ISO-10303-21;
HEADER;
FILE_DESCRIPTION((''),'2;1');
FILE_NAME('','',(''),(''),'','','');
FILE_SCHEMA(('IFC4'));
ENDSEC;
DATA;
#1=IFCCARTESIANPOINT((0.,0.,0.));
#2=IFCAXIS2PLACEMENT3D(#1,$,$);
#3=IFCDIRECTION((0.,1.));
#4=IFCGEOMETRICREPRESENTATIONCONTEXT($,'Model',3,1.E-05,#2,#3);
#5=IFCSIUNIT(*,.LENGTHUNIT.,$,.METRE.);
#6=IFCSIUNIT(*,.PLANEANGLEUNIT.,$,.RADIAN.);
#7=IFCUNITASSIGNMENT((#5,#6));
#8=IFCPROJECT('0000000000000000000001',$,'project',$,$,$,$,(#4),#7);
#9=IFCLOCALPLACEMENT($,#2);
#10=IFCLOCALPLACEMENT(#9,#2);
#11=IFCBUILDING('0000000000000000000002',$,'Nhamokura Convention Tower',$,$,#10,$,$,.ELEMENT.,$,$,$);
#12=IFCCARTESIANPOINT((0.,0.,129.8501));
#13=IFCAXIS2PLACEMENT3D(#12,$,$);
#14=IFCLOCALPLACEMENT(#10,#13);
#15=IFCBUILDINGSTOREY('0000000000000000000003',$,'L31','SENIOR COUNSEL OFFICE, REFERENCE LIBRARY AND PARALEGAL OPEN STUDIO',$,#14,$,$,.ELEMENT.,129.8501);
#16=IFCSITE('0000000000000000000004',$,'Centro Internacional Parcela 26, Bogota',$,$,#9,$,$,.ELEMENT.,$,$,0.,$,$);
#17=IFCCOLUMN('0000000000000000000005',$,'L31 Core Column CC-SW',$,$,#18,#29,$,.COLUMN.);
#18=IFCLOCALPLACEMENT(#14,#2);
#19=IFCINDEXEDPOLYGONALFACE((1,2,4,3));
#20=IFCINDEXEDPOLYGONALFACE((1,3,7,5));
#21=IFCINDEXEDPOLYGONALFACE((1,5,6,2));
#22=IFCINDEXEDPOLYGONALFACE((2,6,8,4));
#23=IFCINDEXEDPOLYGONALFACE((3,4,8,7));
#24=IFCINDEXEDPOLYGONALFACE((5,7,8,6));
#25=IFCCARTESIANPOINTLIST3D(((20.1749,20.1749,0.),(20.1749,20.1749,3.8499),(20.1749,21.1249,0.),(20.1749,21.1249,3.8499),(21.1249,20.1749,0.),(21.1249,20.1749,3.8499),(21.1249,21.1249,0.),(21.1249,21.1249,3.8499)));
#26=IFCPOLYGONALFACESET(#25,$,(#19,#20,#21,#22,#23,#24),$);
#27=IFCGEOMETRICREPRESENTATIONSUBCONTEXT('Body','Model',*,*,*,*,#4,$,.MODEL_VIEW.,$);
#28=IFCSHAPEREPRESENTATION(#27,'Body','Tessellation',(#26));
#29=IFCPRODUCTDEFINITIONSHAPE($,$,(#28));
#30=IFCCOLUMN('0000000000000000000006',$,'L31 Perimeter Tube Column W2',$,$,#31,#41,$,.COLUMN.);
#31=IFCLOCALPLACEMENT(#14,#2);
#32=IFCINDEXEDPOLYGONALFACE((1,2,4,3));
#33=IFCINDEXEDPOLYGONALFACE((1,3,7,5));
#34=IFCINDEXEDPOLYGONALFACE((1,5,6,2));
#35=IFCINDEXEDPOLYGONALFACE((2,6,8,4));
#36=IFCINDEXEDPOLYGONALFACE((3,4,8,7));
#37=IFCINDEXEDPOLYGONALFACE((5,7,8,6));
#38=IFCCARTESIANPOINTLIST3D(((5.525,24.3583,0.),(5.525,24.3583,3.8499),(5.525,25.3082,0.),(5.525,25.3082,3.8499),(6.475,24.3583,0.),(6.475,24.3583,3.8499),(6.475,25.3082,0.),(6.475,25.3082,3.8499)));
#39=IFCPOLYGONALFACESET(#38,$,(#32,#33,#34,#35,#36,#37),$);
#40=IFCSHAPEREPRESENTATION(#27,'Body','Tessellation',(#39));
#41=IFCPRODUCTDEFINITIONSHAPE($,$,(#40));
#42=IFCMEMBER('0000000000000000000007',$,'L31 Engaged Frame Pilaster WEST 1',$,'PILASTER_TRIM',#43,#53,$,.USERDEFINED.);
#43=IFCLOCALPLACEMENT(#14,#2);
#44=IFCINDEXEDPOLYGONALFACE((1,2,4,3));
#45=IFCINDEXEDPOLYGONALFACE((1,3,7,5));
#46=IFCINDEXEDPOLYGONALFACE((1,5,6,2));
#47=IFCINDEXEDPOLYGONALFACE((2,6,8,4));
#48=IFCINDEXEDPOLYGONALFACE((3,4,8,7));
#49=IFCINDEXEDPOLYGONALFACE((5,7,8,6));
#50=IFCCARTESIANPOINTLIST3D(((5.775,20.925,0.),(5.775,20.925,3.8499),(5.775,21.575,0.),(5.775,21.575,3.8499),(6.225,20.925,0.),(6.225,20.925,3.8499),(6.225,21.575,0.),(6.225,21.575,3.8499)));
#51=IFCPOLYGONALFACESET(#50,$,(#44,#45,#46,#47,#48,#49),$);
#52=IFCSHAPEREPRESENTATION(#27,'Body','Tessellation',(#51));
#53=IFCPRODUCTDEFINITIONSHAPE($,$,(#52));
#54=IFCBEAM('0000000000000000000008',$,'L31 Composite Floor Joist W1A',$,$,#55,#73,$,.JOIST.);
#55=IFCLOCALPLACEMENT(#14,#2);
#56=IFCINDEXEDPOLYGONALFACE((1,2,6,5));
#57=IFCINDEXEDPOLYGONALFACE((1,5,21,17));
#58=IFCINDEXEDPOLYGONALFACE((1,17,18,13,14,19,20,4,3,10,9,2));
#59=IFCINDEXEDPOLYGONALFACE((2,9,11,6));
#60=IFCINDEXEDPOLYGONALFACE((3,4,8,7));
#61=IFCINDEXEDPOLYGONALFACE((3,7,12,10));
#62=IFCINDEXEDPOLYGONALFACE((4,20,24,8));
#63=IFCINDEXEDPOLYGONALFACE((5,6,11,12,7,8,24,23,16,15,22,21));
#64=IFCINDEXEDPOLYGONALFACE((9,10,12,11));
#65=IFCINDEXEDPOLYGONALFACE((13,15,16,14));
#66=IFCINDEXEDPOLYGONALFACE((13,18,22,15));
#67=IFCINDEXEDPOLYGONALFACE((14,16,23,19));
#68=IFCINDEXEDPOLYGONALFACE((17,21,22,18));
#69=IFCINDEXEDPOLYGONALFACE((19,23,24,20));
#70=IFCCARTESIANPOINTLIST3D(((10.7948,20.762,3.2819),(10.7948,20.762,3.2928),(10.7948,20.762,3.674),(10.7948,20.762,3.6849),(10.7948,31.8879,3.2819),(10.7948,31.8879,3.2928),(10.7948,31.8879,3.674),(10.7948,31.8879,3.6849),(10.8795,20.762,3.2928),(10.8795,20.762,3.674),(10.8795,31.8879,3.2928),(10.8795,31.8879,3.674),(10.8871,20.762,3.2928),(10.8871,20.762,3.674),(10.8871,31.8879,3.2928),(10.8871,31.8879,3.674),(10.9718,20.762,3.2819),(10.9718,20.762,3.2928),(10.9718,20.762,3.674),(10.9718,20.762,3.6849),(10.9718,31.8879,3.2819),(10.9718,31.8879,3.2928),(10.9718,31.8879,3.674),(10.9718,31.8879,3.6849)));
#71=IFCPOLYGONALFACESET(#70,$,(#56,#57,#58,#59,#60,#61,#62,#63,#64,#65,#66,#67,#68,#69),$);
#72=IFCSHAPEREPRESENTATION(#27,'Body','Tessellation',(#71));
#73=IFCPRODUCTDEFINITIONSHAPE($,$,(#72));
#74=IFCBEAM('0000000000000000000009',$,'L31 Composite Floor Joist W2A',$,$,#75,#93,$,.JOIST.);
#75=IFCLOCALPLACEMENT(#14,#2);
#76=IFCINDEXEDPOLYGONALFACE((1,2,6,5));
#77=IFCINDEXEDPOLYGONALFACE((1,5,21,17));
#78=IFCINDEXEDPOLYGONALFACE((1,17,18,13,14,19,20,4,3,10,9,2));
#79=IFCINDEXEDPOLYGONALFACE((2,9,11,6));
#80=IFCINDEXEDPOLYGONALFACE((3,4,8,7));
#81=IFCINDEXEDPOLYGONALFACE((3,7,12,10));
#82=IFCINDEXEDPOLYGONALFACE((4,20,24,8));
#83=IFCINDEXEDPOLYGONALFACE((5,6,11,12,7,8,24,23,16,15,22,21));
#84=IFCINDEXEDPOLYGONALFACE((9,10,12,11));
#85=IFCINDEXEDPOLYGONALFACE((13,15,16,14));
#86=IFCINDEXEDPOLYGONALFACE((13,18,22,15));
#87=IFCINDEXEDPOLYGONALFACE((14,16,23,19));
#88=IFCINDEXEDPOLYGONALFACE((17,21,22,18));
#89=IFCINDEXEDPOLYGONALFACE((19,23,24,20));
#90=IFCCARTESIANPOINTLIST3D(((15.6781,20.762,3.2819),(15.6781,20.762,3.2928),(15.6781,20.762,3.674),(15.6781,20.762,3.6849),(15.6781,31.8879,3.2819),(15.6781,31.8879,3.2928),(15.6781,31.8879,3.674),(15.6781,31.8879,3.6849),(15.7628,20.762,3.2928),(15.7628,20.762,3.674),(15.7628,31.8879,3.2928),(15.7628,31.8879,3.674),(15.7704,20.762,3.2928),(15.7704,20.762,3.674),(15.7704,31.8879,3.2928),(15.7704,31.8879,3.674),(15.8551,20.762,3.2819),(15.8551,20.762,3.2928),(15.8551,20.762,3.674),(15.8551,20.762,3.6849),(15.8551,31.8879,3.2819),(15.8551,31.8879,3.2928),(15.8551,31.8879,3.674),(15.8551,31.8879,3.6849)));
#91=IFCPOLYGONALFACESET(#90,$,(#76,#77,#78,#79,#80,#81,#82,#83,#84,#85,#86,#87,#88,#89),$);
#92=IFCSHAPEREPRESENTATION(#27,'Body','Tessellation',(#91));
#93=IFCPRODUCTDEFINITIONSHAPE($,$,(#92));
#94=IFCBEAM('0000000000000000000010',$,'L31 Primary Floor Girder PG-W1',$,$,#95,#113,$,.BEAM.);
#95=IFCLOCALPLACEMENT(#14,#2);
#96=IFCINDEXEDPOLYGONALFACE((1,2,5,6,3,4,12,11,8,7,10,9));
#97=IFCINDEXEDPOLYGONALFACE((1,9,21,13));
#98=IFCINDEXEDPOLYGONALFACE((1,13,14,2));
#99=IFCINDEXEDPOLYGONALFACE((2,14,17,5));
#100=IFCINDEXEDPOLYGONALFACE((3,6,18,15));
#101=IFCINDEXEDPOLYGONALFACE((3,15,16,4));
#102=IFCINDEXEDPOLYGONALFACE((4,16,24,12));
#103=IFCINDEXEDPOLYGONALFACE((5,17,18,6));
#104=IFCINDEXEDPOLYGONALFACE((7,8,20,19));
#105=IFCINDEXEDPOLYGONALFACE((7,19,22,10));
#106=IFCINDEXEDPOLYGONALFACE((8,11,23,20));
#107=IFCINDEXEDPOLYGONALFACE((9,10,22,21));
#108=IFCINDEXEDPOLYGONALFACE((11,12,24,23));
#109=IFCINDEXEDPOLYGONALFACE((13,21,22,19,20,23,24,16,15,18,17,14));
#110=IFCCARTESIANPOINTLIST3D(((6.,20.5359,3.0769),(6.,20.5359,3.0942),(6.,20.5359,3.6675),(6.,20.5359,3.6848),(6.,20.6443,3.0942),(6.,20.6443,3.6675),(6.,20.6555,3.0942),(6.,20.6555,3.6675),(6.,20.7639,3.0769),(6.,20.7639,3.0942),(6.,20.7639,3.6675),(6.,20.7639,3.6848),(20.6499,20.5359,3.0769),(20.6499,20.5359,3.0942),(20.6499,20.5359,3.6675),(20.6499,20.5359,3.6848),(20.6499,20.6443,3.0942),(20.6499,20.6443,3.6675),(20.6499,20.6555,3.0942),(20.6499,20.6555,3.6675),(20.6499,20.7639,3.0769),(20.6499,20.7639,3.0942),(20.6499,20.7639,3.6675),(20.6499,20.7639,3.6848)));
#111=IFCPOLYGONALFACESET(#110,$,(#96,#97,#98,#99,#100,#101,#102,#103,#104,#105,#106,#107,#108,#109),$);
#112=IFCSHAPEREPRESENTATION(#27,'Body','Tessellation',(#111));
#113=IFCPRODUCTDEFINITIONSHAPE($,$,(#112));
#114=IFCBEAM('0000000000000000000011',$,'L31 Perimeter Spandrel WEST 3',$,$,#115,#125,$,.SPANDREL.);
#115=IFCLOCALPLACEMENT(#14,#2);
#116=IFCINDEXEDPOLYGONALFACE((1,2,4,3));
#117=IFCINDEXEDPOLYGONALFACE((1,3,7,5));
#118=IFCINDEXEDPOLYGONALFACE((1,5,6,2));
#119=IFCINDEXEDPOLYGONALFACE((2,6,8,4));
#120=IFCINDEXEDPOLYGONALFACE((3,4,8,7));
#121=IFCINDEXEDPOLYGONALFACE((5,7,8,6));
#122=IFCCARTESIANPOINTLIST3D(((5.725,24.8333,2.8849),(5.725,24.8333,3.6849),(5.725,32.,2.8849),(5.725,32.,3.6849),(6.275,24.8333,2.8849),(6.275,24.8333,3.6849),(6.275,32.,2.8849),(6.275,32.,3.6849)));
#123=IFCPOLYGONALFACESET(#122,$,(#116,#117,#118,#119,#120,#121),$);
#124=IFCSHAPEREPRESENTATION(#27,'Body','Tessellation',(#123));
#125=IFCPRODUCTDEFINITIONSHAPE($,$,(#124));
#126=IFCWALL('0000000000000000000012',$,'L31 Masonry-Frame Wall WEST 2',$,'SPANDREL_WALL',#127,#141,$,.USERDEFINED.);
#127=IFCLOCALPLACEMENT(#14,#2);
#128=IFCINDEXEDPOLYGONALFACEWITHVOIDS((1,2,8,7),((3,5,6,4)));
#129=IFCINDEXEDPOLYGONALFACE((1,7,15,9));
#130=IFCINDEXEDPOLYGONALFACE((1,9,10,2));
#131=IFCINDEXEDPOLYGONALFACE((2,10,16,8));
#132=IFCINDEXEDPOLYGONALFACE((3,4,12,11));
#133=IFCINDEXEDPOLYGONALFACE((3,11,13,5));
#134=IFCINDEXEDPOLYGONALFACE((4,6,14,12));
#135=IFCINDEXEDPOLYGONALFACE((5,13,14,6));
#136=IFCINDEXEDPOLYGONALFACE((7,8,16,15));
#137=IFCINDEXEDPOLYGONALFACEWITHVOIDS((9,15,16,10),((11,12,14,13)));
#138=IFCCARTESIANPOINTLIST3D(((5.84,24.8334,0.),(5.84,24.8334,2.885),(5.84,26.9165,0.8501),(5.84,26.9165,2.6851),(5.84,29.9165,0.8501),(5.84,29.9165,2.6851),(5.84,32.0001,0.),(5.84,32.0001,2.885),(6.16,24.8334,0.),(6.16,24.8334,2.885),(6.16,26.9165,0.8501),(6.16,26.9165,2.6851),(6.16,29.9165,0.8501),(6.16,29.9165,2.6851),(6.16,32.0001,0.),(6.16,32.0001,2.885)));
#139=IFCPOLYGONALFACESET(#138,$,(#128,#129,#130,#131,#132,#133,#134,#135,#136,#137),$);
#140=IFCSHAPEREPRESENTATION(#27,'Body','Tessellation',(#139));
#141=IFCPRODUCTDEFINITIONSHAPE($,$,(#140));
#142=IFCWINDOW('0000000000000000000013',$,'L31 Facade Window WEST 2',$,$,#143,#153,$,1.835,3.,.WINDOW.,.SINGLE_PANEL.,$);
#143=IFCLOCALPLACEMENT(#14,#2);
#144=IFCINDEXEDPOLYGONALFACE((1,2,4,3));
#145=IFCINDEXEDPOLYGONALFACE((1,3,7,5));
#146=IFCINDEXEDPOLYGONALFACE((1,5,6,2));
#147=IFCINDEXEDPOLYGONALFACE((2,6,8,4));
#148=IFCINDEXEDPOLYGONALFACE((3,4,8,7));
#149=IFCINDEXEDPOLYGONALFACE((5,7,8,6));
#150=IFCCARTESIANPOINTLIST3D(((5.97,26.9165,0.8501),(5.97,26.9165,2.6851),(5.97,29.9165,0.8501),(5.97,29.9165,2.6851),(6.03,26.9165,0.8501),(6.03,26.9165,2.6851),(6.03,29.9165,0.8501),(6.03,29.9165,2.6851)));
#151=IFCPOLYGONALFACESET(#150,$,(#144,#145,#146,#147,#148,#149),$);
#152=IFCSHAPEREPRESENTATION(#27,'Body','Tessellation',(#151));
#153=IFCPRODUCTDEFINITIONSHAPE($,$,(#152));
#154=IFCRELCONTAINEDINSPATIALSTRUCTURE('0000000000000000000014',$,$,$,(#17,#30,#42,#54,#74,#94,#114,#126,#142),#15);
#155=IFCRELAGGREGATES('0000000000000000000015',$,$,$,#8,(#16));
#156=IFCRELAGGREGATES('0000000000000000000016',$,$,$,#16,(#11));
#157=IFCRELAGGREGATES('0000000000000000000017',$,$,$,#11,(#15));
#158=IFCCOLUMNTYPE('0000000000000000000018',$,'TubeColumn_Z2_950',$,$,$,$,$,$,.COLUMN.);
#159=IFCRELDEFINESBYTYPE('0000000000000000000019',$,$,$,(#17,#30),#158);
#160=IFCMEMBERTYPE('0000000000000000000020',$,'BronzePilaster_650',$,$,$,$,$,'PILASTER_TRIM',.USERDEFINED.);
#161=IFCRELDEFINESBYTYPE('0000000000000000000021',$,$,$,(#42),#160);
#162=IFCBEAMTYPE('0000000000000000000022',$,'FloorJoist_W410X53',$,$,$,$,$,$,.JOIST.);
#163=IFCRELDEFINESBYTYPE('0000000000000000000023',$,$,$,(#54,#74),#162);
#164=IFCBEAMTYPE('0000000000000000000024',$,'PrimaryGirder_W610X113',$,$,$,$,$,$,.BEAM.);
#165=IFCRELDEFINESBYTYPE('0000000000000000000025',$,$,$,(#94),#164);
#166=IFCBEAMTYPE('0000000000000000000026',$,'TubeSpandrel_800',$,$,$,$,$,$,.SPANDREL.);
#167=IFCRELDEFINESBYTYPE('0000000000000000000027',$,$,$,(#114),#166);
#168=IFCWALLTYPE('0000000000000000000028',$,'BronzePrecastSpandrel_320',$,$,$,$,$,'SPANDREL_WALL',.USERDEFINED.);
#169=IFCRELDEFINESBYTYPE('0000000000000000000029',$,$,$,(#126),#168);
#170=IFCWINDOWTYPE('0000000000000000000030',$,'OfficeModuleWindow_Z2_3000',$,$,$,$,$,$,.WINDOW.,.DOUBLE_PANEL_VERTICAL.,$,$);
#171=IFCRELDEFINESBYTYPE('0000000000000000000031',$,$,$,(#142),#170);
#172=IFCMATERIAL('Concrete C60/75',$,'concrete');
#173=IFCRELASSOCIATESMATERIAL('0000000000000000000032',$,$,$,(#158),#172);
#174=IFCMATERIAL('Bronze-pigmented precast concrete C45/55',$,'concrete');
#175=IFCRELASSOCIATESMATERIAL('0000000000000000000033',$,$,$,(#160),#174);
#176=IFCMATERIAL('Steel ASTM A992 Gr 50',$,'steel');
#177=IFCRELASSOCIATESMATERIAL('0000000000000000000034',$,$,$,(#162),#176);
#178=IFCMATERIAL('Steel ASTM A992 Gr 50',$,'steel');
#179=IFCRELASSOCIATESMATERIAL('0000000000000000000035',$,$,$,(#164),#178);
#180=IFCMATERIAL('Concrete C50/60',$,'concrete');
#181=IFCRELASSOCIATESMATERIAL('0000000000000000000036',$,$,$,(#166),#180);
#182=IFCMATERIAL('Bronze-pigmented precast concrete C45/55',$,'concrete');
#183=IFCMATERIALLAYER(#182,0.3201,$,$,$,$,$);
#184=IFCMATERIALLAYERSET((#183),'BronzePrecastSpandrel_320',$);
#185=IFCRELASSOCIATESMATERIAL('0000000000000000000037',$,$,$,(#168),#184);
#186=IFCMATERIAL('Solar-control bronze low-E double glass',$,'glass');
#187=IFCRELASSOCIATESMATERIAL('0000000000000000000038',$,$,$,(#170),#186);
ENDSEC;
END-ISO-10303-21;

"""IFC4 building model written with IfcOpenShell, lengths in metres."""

from ifc_helpers import new_model, si_unit, direction, frame, frame_2d, origin, origin_2d, place, context, subcontext, project, spatial, rectangle, i_section, extrude, material, layer, layer_set, material_profile, profile_set, type_object, element, fill, save


model = new_model("IFC4")

# Units and contexts
model_context = context("Model", 3, precision=1e-05, world=origin(), true_north=direction((0.0, 1.0)))
body_context = subcontext(model_context, "Body", "Model", "MODEL_VIEW")
ifc_project = project(units=[si_unit("LENGTHUNIT", "METRE"), si_unit("PLANEANGLEUNIT", "RADIAN")], contexts=[model_context])

# Site, building, storey
site_placement = place(None, origin())
site = spatial("IfcSite", under=ifc_project, at=site_placement, Name="Centro Internacional Parcela 26, Bogota", CompositionType="ELEMENT", RefElevation=0.0)
building_placement = place(site_placement, origin())
building = spatial("IfcBuilding", under=site, at=building_placement, Name="Nhamokura Convention Tower", CompositionType="ELEMENT")
storey_placement = place(building_placement, frame((0.0, 0.0, 129.8501)))
storey = spatial("IfcBuildingStorey", under=building, at=storey_placement, Name="L31", Description="SENIOR COUNSEL OFFICE, REFERENCE LIBRARY AND PARALEGAL OPEN STUDIO", CompositionType="ELEMENT", Elevation=129.8501)

# Columns
ifc_material_1 = material(Name="Concrete C60/75", Category="concrete")
ifc_material_profile_1 = material_profile(ifc_material_1, rectangle(XDim=0.95, YDim=0.95, at=origin_2d()))
ifc_profile_set_1 = profile_set([ifc_material_profile_1], Name="Concrete C60/75")
column_type = type_object("IfcColumnType", Name="TubeColumn_Z2_950", PredefinedType="COLUMN", material=ifc_profile_set_1)
for number, where, z_axis, x_axis, name in (
    (1, (20.6499, 20.6499, 0.0), (0.0, 0.0, 1.0), (1.0, 0.0, 0.0), "L31 Core Column CC-SW"),
    (2, (6.0, 24.8333, 0.0), (0.0, 0.0, 1.0), (1.0, 0.0, 0.0), "L31 Perimeter Tube Column W2"),
):
    element("IfcColumn", number, at=place(storey_placement, frame(where, z_axis=z_axis, x_axis=x_axis)), inside=storey, type_object=column_type, Name=name, PredefinedType="COLUMN", context=body_context, shape_type="SweptSolid", body=[
        extrude(rectangle(XDim=0.95, YDim=0.95, at=origin_2d()), origin(), (0.0, 0.0, 1.0), 3.8499),
    ])

# Member
ifc_material_2 = material(Name="Bronze-pigmented precast concrete C45/55", Category="concrete")
ifc_material_profile_2 = material_profile(ifc_material_2, rectangle(XDim=0.45, YDim=0.6499, at=origin_2d()))
ifc_profile_set_2 = profile_set([ifc_material_profile_2], Name="Bronze-pigmented precast concrete C45/55")
member_type = type_object("IfcMemberType", Name="BronzePilaster_650", ElementType="PILASTER_TRIM", PredefinedType="USERDEFINED", material=ifc_profile_set_2)
member_placement = place(storey_placement, frame((6.0, 21.25, 0.0), z_axis=(0.0, 0.0, 1.0), x_axis=(1.0, 0.0, 0.0)))
element("IfcMember", 3, at=member_placement, inside=storey, type_object=member_type, Name="L31 Engaged Frame Pilaster WEST 1", ObjectType="PILASTER_TRIM", PredefinedType="USERDEFINED", context=body_context, shape_type="SweptSolid", body=[
    extrude(rectangle(XDim=0.45, YDim=0.6499, at=origin_2d()), origin(), (0.0, 0.0, 1.0), 3.8499),
])

# Beams
ifc_material_3 = material(Name="Steel ASTM A992 Gr 50", Category="steel")
ifc_material_profile_3 = material_profile(ifc_material_3, i_section(OverallWidth=0.177, OverallDepth=0.4031, WebThickness=0.0076, FlangeThickness=0.011, at=origin_2d()))
ifc_profile_set_3 = profile_set([ifc_material_profile_3], Name="Steel ASTM A992 Gr 50")
beam_type_1 = type_object("IfcBeamType", Name="FloorJoist_W410X53", PredefinedType="JOIST", material=ifc_profile_set_3)
for number, where, z_axis, x_axis, name in (
    (4, (10.8833, 20.762, 3.4834), (0.0, 1.0, 0.0), (-1.0, 0.0, 0.0), "L31 Composite Floor Joist W1A"),
    (5, (15.7666, 20.762, 3.4834), (0.0, 1.0, 0.0), (-1.0, 0.0, 0.0), "L31 Composite Floor Joist W2A"),
):
    element("IfcBeam", number, at=place(storey_placement, frame(where, z_axis=z_axis, x_axis=x_axis)), inside=storey, type_object=beam_type_1, Name=name, PredefinedType="JOIST", context=body_context, shape_type="SweptSolid", body=[
        extrude(i_section(OverallWidth=0.177, OverallDepth=0.4031, WebThickness=0.0076, FlangeThickness=0.011, at=origin_2d()), origin(), (0.0, 0.0, 1.0), 11.126),
    ])
ifc_material_4 = material(Name="Steel ASTM A992 Gr 50", Category="steel")
ifc_material_profile_4 = material_profile(ifc_material_4, i_section(OverallWidth=0.228, OverallDepth=0.6079, WebThickness=0.0112, FlangeThickness=0.0173, at=origin_2d()))
ifc_profile_set_4 = profile_set([ifc_material_profile_4], Name="Steel ASTM A992 Gr 50")
beam_type_2 = type_object("IfcBeamType", Name="PrimaryGirder_W610X113", PredefinedType="BEAM", material=ifc_profile_set_4)
beam_1_placement = place(storey_placement, frame((6.0, 20.6499, 3.3809), z_axis=(1.0, 0.0, 0.0), x_axis=(0.0, 1.0, 0.0)))
element("IfcBeam", 6, at=beam_1_placement, inside=storey, type_object=beam_type_2, Name="L31 Primary Floor Girder PG-W1", PredefinedType="BEAM", context=body_context, shape_type="SweptSolid", body=[
    extrude(i_section(OverallWidth=0.228, OverallDepth=0.6079, WebThickness=0.0112, FlangeThickness=0.0173, at=origin_2d()), origin(), (0.0, 0.0, 1.0), 14.6499),
])
ifc_material_5 = material(Name="Concrete C50/60", Category="concrete")
ifc_material_profile_5 = material_profile(ifc_material_5, rectangle(XDim=0.55, YDim=0.8, at=origin_2d()))
ifc_profile_set_5 = profile_set([ifc_material_profile_5], Name="Concrete C50/60")
beam_type_3 = type_object("IfcBeamType", Name="TubeSpandrel_800", PredefinedType="SPANDREL", material=ifc_profile_set_5)
beam_2_placement = place(storey_placement, frame((6.0, 24.8333, 3.2849), z_axis=(0.0, 1.0, 0.0), x_axis=(-1.0, 0.0, 0.0)))
element("IfcBeam", 7, at=beam_2_placement, inside=storey, type_object=beam_type_3, Name="L31 Perimeter Spandrel WEST 3", PredefinedType="SPANDREL", context=body_context, shape_type="SweptSolid", body=[
    extrude(rectangle(XDim=0.55, YDim=0.8, at=origin_2d()), origin(), (0.0, 0.0, 1.0), 7.1667),
])

# Wall, opening, window
ifc_material_6 = material(Name="Bronze-pigmented precast concrete C45/55", Category="concrete")
ifc_layer_1 = layer(ifc_material_6, 0.3201)
ifc_layer_set_1 = layer_set([ifc_layer_1], Name="BronzePrecastSpandrel_320")
wall_type_1 = type_object("IfcWallType", Name="BronzePrecastSpandrel_320", ElementType="SPANDREL_WALL", PredefinedType="USERDEFINED", material=ifc_layer_set_1)
wall_1_placement = place(storey_placement, frame((6.0, 24.8333, 0.0), z_axis=(0.0, 0.0, 1.0), x_axis=(0.0, 1.0, 0.0)))
wall_1 = element("IfcWall", 8, at=wall_1_placement, inside=storey, type_object=wall_type_1, Name="L31 Masonry-Frame Wall WEST 2", ObjectType="SPANDREL_WALL", PredefinedType="USERDEFINED", context=body_context, shape_type="SweptSolid", body=[
    extrude(rectangle(XDim=7.1667, YDim=0.3201, at=frame_2d((3.5835, 0.0))), origin(), (0.0, 0.0, 1.0), 2.885),
])
opening_1_placement = place(wall_1_placement, frame((2.0833, 0.0, 0.8501)))
opening_1 = element("IfcOpeningElement", 9, at=opening_1_placement, cuts=wall_1, PredefinedType="OPENING", context=body_context, shape_type="SweptSolid", body=[
    extrude(rectangle(XDim=3.0, YDim=1.835, at=frame_2d((1.5, 0.9175))), frame((0.0, 0.1699, 0.0), z_axis=(0.0, -1.0, 0.0), x_axis=(1.0, 0.0, 0.0)), (0.0, 0.0, 1.0), 0.3401),
])
ifc_material_7 = material(Name="Solar-control bronze low-E double glass", Category="glass")
window_type = type_object("IfcWindowType", Name="OfficeModuleWindow_Z2_3000", PartitioningType="DOUBLE_PANEL_VERTICAL", PredefinedType="WINDOW", material=ifc_material_7)
window_placement = place(opening_1_placement, origin())
window = element("IfcWindow", 10, at=window_placement, inside=storey, type_object=window_type, Name="L31 Facade Window WEST 2", OverallHeight=1.835, OverallWidth=3.0, PartitioningType="SINGLE_PANEL", PredefinedType="WINDOW", context=body_context, shape_type="SweptSolid", body=[
    extrude(rectangle(XDim=3.0, YDim=1.835, at=frame_2d((1.5, 0.9175))), frame((0.0, 0.03, 0.0), z_axis=(0.0, -1.0, 0.0), x_axis=(1.0, 0.0, 0.0)), (0.0, 0.0, 1.0), 0.0601),
])
fill(opening_1, window)

save(model, "model.ifc")
